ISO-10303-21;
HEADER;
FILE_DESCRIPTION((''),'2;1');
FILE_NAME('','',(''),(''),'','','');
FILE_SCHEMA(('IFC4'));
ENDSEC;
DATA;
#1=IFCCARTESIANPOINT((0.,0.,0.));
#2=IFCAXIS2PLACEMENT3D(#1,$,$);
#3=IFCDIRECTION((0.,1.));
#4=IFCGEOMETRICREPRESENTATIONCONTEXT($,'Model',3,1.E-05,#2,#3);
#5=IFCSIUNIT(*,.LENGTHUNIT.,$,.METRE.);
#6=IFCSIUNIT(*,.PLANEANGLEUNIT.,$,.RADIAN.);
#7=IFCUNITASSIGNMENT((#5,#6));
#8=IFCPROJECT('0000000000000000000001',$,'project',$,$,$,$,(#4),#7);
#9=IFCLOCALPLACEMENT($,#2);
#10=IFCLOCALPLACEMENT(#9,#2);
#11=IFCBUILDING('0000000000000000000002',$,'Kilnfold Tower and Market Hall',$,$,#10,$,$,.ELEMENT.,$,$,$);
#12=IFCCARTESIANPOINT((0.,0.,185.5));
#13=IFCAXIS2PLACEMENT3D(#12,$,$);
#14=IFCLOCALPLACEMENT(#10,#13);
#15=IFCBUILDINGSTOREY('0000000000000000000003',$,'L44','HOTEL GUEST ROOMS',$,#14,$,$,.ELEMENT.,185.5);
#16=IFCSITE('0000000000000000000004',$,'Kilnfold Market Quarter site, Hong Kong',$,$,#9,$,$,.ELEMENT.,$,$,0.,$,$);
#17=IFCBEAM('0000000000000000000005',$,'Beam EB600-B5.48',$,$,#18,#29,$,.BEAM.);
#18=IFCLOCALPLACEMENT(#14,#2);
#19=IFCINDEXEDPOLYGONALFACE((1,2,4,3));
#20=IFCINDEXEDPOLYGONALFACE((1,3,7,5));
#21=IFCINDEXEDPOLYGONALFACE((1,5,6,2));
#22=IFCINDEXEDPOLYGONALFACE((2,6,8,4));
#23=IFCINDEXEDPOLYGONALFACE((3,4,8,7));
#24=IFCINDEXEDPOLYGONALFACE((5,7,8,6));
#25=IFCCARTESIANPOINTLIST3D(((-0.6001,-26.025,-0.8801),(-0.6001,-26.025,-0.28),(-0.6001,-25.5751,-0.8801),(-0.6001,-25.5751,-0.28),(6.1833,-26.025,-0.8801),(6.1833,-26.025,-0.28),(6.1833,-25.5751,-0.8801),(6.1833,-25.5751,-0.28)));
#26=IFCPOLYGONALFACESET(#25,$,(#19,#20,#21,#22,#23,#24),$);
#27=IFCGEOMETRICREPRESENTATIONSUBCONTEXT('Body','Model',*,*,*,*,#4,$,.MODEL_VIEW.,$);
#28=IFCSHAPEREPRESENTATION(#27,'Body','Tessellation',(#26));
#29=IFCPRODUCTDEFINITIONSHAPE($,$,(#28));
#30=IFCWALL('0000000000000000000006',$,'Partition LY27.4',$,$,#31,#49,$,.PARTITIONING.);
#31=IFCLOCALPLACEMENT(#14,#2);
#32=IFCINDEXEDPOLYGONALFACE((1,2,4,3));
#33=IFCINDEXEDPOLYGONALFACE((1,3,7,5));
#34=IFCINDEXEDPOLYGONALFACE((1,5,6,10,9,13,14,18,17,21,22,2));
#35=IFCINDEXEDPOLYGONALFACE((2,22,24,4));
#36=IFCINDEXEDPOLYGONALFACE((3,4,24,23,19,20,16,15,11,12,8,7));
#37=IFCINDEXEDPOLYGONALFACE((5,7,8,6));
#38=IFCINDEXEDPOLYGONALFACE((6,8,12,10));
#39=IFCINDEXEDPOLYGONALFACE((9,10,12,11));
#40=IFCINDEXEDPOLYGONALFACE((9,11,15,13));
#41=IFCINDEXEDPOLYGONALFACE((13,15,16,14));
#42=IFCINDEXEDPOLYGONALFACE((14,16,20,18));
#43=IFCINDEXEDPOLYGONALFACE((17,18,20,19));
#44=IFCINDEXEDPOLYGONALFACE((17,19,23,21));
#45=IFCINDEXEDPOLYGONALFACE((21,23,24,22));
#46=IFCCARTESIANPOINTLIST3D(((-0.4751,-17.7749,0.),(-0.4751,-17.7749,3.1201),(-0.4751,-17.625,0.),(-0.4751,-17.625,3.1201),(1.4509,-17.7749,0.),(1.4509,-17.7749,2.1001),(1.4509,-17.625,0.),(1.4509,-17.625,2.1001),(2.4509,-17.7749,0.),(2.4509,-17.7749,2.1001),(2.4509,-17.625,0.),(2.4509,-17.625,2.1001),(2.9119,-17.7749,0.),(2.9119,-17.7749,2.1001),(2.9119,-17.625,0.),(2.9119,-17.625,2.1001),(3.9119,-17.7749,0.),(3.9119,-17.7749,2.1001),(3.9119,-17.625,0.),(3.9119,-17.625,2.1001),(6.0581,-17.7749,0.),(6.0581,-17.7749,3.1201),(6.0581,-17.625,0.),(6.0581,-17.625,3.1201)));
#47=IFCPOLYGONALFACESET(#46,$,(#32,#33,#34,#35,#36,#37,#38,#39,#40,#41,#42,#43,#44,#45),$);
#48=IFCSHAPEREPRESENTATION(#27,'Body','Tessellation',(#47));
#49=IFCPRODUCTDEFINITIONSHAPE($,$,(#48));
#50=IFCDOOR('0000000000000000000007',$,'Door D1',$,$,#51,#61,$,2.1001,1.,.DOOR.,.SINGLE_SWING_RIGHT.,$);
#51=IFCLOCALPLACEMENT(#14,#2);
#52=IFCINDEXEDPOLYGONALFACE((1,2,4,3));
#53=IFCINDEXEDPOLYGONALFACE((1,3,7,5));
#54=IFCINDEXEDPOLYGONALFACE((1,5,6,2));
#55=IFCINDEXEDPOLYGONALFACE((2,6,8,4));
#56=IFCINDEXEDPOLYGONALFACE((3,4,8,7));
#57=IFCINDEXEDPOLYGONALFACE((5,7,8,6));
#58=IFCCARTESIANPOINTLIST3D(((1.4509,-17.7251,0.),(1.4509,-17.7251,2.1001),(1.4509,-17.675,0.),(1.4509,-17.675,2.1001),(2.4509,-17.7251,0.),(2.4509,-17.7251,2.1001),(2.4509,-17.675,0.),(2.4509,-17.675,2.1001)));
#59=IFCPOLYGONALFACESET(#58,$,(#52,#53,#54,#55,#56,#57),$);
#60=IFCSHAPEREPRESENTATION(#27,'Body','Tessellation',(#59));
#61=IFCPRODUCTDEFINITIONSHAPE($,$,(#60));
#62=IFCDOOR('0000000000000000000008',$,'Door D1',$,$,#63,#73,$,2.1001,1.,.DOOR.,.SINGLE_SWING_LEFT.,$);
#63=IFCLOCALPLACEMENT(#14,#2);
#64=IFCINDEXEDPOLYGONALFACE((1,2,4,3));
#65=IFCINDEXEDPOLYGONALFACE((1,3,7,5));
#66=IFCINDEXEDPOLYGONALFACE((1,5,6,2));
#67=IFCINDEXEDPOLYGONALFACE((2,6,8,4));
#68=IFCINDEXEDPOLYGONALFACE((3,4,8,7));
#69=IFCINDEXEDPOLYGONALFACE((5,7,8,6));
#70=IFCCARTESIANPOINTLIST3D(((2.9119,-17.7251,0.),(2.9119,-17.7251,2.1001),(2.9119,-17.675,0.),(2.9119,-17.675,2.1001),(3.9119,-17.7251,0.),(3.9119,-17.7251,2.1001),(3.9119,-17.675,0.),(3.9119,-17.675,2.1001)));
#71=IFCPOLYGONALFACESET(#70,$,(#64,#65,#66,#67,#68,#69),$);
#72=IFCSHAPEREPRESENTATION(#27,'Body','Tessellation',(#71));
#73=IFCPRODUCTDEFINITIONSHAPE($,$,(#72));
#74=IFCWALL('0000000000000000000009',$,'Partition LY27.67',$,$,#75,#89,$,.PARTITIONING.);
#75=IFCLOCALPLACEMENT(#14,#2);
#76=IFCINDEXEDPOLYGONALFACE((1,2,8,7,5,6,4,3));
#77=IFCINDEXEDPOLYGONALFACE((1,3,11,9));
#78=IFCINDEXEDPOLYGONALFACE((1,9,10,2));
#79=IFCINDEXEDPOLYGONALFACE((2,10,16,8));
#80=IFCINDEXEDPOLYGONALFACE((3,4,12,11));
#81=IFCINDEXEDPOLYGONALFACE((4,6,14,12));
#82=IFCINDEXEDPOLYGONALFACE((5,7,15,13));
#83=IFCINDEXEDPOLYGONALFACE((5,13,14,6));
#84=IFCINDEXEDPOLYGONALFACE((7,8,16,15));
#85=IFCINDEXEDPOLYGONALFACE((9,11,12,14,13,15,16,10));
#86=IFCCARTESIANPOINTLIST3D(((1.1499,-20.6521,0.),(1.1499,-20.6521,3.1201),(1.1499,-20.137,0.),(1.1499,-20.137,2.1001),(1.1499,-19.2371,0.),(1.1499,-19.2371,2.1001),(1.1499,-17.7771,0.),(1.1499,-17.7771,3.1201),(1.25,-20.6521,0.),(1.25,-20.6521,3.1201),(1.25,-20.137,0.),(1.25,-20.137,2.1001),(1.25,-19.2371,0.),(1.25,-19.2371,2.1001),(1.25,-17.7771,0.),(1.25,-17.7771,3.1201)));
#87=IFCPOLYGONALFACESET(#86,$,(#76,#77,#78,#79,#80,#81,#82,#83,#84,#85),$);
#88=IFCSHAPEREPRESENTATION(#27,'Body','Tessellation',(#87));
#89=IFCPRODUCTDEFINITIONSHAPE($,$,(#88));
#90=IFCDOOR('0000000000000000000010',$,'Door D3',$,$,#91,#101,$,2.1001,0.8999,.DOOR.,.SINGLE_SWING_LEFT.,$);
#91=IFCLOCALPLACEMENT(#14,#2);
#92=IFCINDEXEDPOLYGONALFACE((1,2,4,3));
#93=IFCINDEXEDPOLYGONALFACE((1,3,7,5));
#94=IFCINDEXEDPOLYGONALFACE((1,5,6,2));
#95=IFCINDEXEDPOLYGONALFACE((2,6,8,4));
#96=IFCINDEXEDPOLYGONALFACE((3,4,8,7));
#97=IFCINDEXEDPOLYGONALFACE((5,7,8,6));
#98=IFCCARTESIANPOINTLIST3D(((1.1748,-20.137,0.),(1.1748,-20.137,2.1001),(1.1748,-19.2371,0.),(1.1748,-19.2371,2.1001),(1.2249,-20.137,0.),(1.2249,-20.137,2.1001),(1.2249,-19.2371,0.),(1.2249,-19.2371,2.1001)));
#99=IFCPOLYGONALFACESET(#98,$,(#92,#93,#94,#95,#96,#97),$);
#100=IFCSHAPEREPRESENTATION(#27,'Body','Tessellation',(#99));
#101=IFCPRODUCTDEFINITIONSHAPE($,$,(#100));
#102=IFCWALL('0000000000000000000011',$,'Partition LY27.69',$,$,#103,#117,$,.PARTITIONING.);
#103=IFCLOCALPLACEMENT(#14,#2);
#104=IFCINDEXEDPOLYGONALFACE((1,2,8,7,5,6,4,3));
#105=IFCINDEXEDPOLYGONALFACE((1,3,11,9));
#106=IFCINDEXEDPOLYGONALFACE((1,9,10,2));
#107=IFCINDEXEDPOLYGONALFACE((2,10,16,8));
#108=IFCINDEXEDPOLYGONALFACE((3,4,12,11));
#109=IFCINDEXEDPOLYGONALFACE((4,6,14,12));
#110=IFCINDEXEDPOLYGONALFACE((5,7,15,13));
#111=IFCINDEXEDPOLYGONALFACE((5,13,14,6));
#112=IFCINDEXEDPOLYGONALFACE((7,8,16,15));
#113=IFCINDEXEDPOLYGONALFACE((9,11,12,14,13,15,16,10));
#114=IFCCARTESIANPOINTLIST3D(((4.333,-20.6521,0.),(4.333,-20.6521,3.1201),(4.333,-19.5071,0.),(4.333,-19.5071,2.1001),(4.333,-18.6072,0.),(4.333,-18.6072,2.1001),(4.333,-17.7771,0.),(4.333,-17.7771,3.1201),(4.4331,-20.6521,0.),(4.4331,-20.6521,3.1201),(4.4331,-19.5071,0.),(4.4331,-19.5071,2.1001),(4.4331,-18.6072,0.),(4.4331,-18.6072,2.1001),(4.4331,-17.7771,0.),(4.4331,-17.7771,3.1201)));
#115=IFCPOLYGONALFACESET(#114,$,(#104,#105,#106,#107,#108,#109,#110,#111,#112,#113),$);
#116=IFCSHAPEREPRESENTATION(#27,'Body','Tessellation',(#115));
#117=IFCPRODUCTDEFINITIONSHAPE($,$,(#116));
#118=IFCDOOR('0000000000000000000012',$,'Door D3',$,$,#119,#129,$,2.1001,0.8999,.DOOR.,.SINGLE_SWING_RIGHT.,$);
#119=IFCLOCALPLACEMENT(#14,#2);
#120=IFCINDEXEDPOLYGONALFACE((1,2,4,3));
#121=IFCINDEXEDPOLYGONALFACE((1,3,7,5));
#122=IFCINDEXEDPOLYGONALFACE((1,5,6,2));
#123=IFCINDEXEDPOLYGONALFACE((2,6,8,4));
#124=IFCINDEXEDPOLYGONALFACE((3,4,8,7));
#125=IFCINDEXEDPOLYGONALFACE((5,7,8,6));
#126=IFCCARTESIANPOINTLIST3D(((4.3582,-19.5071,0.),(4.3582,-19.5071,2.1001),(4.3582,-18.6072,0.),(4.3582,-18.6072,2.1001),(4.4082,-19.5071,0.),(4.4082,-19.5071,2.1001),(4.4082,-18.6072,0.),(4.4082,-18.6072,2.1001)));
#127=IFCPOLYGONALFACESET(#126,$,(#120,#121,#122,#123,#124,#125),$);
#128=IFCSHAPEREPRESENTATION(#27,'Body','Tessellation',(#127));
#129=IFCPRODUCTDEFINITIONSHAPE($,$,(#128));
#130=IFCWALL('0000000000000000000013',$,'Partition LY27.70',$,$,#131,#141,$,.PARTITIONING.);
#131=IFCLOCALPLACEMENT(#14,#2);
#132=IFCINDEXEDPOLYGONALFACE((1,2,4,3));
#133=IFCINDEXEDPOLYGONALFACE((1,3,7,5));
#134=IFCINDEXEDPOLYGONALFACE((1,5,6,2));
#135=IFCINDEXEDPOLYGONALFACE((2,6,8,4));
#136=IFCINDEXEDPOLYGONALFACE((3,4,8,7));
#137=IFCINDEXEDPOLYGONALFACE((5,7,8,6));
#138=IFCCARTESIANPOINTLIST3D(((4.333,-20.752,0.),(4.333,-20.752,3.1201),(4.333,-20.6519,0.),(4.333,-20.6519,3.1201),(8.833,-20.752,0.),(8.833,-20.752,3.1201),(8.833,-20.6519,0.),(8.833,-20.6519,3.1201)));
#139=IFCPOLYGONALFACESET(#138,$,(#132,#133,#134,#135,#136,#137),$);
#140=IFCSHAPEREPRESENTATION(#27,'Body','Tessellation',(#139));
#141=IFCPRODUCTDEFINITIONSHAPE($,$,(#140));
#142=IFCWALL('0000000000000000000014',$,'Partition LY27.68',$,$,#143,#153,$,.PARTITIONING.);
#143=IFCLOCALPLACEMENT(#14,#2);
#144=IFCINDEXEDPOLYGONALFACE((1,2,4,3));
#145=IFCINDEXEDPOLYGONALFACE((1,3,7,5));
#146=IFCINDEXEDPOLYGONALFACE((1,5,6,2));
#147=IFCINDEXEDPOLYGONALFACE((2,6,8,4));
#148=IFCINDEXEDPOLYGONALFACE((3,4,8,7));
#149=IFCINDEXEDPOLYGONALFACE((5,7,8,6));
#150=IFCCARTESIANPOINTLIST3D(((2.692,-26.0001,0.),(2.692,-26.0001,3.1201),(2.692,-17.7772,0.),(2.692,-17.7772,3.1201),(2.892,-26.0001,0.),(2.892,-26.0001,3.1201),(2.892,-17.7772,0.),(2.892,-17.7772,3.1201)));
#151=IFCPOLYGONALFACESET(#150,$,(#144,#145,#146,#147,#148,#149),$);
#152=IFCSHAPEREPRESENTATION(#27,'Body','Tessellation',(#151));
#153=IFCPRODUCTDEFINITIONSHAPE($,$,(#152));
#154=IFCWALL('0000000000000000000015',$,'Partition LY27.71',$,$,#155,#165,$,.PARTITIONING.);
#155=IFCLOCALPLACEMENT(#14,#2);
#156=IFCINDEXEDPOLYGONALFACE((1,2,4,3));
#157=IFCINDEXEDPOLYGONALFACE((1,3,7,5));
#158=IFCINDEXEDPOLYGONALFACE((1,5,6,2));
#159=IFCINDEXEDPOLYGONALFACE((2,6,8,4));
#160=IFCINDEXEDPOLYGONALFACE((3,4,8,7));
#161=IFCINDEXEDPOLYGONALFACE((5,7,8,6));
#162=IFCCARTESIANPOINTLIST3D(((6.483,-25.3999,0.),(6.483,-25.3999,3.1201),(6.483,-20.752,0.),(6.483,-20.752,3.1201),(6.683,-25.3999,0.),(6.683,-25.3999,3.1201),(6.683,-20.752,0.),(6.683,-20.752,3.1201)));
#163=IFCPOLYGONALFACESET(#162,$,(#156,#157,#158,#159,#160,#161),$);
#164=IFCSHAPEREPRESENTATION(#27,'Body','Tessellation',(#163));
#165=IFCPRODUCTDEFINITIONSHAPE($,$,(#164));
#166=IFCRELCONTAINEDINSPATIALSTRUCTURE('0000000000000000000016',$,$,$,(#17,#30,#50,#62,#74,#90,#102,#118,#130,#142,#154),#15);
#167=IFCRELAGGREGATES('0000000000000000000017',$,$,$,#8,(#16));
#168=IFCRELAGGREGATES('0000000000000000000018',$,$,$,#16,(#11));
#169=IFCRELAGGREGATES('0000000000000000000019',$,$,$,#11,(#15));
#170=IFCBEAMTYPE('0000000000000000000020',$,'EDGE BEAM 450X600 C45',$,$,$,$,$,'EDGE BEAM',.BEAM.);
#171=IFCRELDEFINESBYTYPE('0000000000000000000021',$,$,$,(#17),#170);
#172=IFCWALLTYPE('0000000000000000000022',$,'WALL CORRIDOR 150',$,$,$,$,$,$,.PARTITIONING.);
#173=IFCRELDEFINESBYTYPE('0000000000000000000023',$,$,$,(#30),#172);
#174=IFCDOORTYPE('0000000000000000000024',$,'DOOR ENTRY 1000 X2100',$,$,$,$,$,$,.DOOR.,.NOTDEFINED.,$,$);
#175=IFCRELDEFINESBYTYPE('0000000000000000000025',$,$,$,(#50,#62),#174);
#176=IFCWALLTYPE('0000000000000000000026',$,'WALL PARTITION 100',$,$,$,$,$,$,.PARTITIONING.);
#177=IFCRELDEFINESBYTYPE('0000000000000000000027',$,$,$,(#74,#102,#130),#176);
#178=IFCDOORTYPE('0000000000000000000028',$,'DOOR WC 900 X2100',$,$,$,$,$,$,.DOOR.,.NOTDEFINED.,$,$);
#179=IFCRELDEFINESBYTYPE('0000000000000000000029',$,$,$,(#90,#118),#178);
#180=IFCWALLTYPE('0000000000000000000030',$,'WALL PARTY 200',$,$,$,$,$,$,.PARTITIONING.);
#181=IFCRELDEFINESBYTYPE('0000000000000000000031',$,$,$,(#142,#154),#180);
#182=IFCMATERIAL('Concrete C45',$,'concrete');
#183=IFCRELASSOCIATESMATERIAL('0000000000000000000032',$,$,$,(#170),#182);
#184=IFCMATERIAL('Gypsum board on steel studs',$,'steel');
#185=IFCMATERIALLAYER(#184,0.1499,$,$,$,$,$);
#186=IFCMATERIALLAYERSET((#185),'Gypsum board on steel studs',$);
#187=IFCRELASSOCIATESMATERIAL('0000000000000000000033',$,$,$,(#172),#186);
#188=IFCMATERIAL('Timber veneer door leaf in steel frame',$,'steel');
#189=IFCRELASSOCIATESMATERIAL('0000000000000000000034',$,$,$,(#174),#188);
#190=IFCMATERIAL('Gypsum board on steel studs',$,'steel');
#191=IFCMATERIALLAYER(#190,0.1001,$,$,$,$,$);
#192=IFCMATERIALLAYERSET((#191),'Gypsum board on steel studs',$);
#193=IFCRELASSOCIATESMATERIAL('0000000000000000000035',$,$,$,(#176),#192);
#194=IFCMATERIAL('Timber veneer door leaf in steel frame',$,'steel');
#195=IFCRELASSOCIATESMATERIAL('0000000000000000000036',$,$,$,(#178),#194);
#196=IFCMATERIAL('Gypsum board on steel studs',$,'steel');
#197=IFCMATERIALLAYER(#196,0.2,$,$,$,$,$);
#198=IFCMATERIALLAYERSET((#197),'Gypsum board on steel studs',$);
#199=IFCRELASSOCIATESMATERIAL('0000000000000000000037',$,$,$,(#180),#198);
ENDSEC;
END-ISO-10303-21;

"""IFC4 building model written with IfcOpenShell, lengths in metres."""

from ifc_helpers import new_model, si_unit, direction, frame, frame_2d, origin, origin_2d, place, context, subcontext, project, spatial, rectangle, extrude, source, transform, mapped, material, layer, layer_set, material_profile, profile_set, type_object, element, fill, save


model = new_model("IFC4")

# Units and contexts
model_context = context("Model", 3, precision=1e-05, world=origin(), true_north=direction((0.0, 1.0)))
body_context = subcontext(model_context, "Body", "Model", "MODEL_VIEW")
ifc_project = project(units=[si_unit("LENGTHUNIT", "METRE"), si_unit("PLANEANGLEUNIT", "RADIAN")], contexts=[model_context])

# Site, building, storey
site_placement = place(None, origin())
site = spatial("IfcSite", under=ifc_project, at=site_placement, Name="Kilnfold Market Quarter site, Hong Kong", CompositionType="ELEMENT", RefElevation=0.0)
building_placement = place(site_placement, origin())
building = spatial("IfcBuilding", under=site, at=building_placement, Name="Kilnfold Tower and Market Hall", CompositionType="ELEMENT")
storey_placement = place(building_placement, frame((0.0, 0.0, 185.5)))
storey = spatial("IfcBuildingStorey", under=building, at=storey_placement, Name="L44", Description="HOTEL GUEST ROOMS", CompositionType="ELEMENT", Elevation=185.5)

# Beam
ifc_material_1 = material(Name="Concrete C45", Category="concrete")
ifc_material_profile_1 = material_profile(ifc_material_1, rectangle(XDim=0.45, YDim=0.6001, at=origin_2d()), Name="RC 450x600")
ifc_profile_set_1 = profile_set([ifc_material_profile_1], Name="Concrete C45")
beam_type = type_object("IfcBeamType", Name="EDGE BEAM 450X600 C45", ElementType="EDGE BEAM", PredefinedType="BEAM", material=ifc_profile_set_1)
shared_shape_1 = source(origin(), body_context, "Body", "SweptSolid", [
    extrude(rectangle(XDim=0.45, YDim=0.6001, at=origin_2d()), origin(), (0.0, 0.0, 1.0), 6.7834),
])
beam_placement = place(storey_placement, frame((-0.6001, -25.8, -0.5801), z_axis=(1.0, 0.0, 0.0), x_axis=(0.0, 1.0, 0.0)))
element("IfcBeam", 1, at=beam_placement, inside=storey, type_object=beam_type, Name="Beam EB600-B5.48", PredefinedType="BEAM", context=body_context, shape_type="MappedRepresentation", body=[
    mapped(shared_shape_1, transform((0.0, 0.0, 0.0))),
])

# Wall, openings, doors
ifc_material_2 = material(Name="Gypsum board on steel studs", Category="steel")
ifc_layer_1 = layer(ifc_material_2, 0.1499)
ifc_layer_set_1 = layer_set([ifc_layer_1], Name="Gypsum board on steel studs")
wall_type_1 = type_object("IfcWallType", Name="WALL CORRIDOR 150", PredefinedType="PARTITIONING", material=ifc_layer_set_1)
wall_1_placement = place(storey_placement, frame((-0.4751, -17.7, 0.0), z_axis=(0.0, 0.0, 1.0), x_axis=(1.0, 0.0, 0.0)))
wall_1 = element("IfcWall", 2, at=wall_1_placement, inside=storey, type_object=wall_type_1, Name="Partition LY27.4", PredefinedType="PARTITIONING", context=body_context, shape_type="SweptSolid", body=[
    extrude(rectangle(XDim=6.5332, YDim=0.1499, at=frame_2d((3.2666, 0.0))), origin(), (0.0, 0.0, 1.0), 3.1201),
])
opening_1_placement = place(wall_1_placement, frame((1.926, 0.0, 0.0)))
opening_1 = element("IfcOpeningElement", 3, at=opening_1_placement, cuts=wall_1, PredefinedType="OPENING", context=body_context, shape_type="SweptSolid", body=[
    extrude(rectangle(XDim=1.0, YDim=2.1001, at=frame_2d((0.5, 1.05))), frame((0.0, 0.085, 0.0), z_axis=(0.0, -1.0, 0.0), x_axis=(1.0, 0.0, 0.0)), (0.0, 0.0, 1.0), 0.1699),
])
opening_2_placement = place(wall_1_placement, frame((3.387, 0.0, 0.0)))
opening_2 = element("IfcOpeningElement", 4, at=opening_2_placement, cuts=wall_1, PredefinedType="OPENING", context=body_context, shape_type="SweptSolid", body=[
    extrude(rectangle(XDim=1.0, YDim=2.1001, at=frame_2d((0.5, 1.05))), frame((0.0, 0.085, 0.0), z_axis=(0.0, -1.0, 0.0), x_axis=(1.0, 0.0, 0.0)), (0.0, 0.0, 1.0), 0.1699),
])
ifc_material_3 = material(Name="Timber veneer door leaf in steel frame", Category="steel")
door_type_1 = type_object("IfcDoorType", Name="DOOR ENTRY 1000 X2100", OperationType="NOTDEFINED", PredefinedType="DOOR", material=ifc_material_3)
door_1_placement = place(opening_1_placement, origin())
door_1 = element("IfcDoor", 5, at=door_1_placement, inside=storey, type_object=door_type_1, Name="Door D1", OperationType="SINGLE_SWING_RIGHT", OverallHeight=2.1001, OverallWidth=1.0, PredefinedType="DOOR", context=body_context, shape_type="SweptSolid", body=[
    extrude(rectangle(XDim=1.0, YDim=2.1001, at=frame_2d((0.5, 1.05))), frame((0.0, 0.0249, 0.0), z_axis=(0.0, -1.0, 0.0), x_axis=(1.0, 0.0, 0.0)), (0.0, 0.0, 1.0), 0.05),
])
fill(opening_1, door_1)
door_2_placement = place(opening_2_placement, origin())
door_2 = element("IfcDoor", 6, at=door_2_placement, inside=storey, type_object=door_type_1, Name="Door D1", OperationType="SINGLE_SWING_LEFT", OverallHeight=2.1001, OverallWidth=1.0, PredefinedType="DOOR", context=body_context, shape_type="SweptSolid", body=[
    extrude(rectangle(XDim=1.0, YDim=2.1001, at=frame_2d((0.5, 1.05))), frame((0.0, 0.0249, 0.0), z_axis=(0.0, -1.0, 0.0), x_axis=(1.0, 0.0, 0.0)), (0.0, 0.0, 1.0), 0.05),
])
fill(opening_2, door_2)

# Walls, openings, doors
ifc_material_4 = material(Name="Gypsum board on steel studs", Category="steel")
ifc_layer_2 = layer(ifc_material_4, 0.1001)
ifc_layer_set_2 = layer_set([ifc_layer_2], Name="Gypsum board on steel studs")
wall_type_2 = type_object("IfcWallType", Name="WALL PARTITION 100", PredefinedType="PARTITIONING", material=ifc_layer_set_2)
wall_2_placement = place(storey_placement, frame((1.2, -17.7771, 0.0), z_axis=(0.0, 0.0, 1.0), x_axis=(0.0, -1.0, 0.0)))
wall_2 = element("IfcWall", 7, at=wall_2_placement, inside=storey, type_object=wall_type_2, Name="Partition LY27.67", PredefinedType="PARTITIONING", context=body_context, shape_type="SweptSolid", body=[
    extrude(rectangle(XDim=2.875, YDim=0.1001, at=frame_2d((1.4375, 0.0))), origin(), (0.0, 0.0, 1.0), 3.1201),
])
opening_3_placement = place(wall_2_placement, frame((1.46, 0.0, 0.0)))
opening_3 = element("IfcOpeningElement", 8, at=opening_3_placement, cuts=wall_2, PredefinedType="OPENING", context=body_context, shape_type="SweptSolid", body=[
    extrude(rectangle(XDim=0.8999, YDim=2.1001, at=frame_2d((0.45, 1.05))), frame((0.0, 0.0601, 0.0), z_axis=(0.0, -1.0, 0.0), x_axis=(1.0, 0.0, 0.0)), (0.0, 0.0, 1.0), 0.1201),
])
ifc_material_5 = material(Name="Timber veneer door leaf in steel frame", Category="steel")
door_type_2 = type_object("IfcDoorType", Name="DOOR WC 900 X2100", OperationType="NOTDEFINED", PredefinedType="DOOR", material=ifc_material_5)
door_3_placement = place(opening_3_placement, origin())
door_3 = element("IfcDoor", 9, at=door_3_placement, inside=storey, type_object=door_type_2, Name="Door D3", OperationType="SINGLE_SWING_LEFT", OverallHeight=2.1001, OverallWidth=0.8999, PredefinedType="DOOR", context=body_context, shape_type="SweptSolid", body=[
    extrude(rectangle(XDim=0.8999, YDim=2.1001, at=frame_2d((0.45, 1.05))), frame((0.0, 0.0249, 0.0), z_axis=(0.0, -1.0, 0.0), x_axis=(1.0, 0.0, 0.0)), (0.0, 0.0, 1.0), 0.05),
])
fill(opening_3, door_3)
wall_3_placement = place(storey_placement, frame((4.3831, -20.6521, 0.0), z_axis=(0.0, 0.0, 1.0), x_axis=(0.0, 1.0, 0.0)))
wall_3 = element("IfcWall", 10, at=wall_3_placement, inside=storey, type_object=wall_type_2, Name="Partition LY27.69", PredefinedType="PARTITIONING", context=body_context, shape_type="SweptSolid", body=[
    extrude(rectangle(XDim=2.875, YDim=0.1001, at=frame_2d((1.4375, 0.0))), origin(), (0.0, 0.0, 1.0), 3.1201),
])
opening_4_placement = place(wall_3_placement, frame((1.145, 0.0, 0.0)))
opening_4 = element("IfcOpeningElement", 11, at=opening_4_placement, cuts=wall_3, PredefinedType="OPENING", context=body_context, shape_type="SweptSolid", body=[
    extrude(rectangle(XDim=0.8999, YDim=2.1001, at=frame_2d((0.45, 1.05))), frame((0.0, 0.0601, 0.0), z_axis=(0.0, -1.0, 0.0), x_axis=(1.0, 0.0, 0.0)), (0.0, 0.0, 1.0), 0.1201),
])
door_4_placement = place(opening_4_placement, origin())
door_4 = element("IfcDoor", 12, at=door_4_placement, inside=storey, type_object=door_type_2, Name="Door D3", OperationType="SINGLE_SWING_RIGHT", OverallHeight=2.1001, OverallWidth=0.8999, PredefinedType="DOOR", context=body_context, shape_type="SweptSolid", body=[
    extrude(rectangle(XDim=0.8999, YDim=2.1001, at=frame_2d((0.45, 1.05))), frame((0.0, 0.0249, 0.0), z_axis=(0.0, -1.0, 0.0), x_axis=(1.0, 0.0, 0.0)), (0.0, 0.0, 1.0), 0.05),
])
fill(opening_4, door_4)

# Walls
wall_4_placement = place(storey_placement, frame((4.333, -20.7019, 0.0), z_axis=(0.0, 0.0, 1.0), x_axis=(1.0, 0.0, 0.0)))
element("IfcWall", 13, at=wall_4_placement, inside=storey, type_object=wall_type_2, Name="Partition LY27.70", PredefinedType="PARTITIONING", context=body_context, shape_type="SweptSolid", body=[
    extrude(rectangle(XDim=4.5, YDim=0.1001, at=frame_2d((2.25, 0.0))), origin(), (0.0, 0.0, 1.0), 3.1201),
])
ifc_material_6 = material(Name="Gypsum board on steel studs", Category="steel")
ifc_layer_3 = layer(ifc_material_6, 0.2)
ifc_layer_set_3 = layer_set([ifc_layer_3], Name="Gypsum board on steel studs")
wall_type_3 = type_object("IfcWallType", Name="WALL PARTY 200", PredefinedType="PARTITIONING", material=ifc_layer_set_3)
wall_5_placement = place(storey_placement, frame((2.792, -26.0, 0.0), z_axis=(0.0, 0.0, 1.0), x_axis=(0.0, 1.0, 0.0)))
element("IfcWall", 14, at=wall_5_placement, inside=storey, type_object=wall_type_3, Name="Partition LY27.68", PredefinedType="PARTITIONING", context=body_context, shape_type="SweptSolid", body=[
    extrude(rectangle(XDim=8.2229, YDim=0.2, at=frame_2d((4.1113, 0.0))), origin(), (0.0, 0.0, 1.0), 3.1201),
])
wall_6_placement = place(storey_placement, frame((6.583, -25.3999, 0.0), z_axis=(0.0, 0.0, 1.0), x_axis=(0.0, 1.0, 0.0)))
element("IfcWall", 15, at=wall_6_placement, inside=storey, type_object=wall_type_3, Name="Partition LY27.71", PredefinedType="PARTITIONING", context=body_context, shape_type="SweptSolid", body=[
    extrude(rectangle(XDim=4.6479, YDim=0.2, at=frame_2d((2.324, 0.0))), origin(), (0.0, 0.0, 1.0), 3.1201),
])

save(model, "model.ifc")
